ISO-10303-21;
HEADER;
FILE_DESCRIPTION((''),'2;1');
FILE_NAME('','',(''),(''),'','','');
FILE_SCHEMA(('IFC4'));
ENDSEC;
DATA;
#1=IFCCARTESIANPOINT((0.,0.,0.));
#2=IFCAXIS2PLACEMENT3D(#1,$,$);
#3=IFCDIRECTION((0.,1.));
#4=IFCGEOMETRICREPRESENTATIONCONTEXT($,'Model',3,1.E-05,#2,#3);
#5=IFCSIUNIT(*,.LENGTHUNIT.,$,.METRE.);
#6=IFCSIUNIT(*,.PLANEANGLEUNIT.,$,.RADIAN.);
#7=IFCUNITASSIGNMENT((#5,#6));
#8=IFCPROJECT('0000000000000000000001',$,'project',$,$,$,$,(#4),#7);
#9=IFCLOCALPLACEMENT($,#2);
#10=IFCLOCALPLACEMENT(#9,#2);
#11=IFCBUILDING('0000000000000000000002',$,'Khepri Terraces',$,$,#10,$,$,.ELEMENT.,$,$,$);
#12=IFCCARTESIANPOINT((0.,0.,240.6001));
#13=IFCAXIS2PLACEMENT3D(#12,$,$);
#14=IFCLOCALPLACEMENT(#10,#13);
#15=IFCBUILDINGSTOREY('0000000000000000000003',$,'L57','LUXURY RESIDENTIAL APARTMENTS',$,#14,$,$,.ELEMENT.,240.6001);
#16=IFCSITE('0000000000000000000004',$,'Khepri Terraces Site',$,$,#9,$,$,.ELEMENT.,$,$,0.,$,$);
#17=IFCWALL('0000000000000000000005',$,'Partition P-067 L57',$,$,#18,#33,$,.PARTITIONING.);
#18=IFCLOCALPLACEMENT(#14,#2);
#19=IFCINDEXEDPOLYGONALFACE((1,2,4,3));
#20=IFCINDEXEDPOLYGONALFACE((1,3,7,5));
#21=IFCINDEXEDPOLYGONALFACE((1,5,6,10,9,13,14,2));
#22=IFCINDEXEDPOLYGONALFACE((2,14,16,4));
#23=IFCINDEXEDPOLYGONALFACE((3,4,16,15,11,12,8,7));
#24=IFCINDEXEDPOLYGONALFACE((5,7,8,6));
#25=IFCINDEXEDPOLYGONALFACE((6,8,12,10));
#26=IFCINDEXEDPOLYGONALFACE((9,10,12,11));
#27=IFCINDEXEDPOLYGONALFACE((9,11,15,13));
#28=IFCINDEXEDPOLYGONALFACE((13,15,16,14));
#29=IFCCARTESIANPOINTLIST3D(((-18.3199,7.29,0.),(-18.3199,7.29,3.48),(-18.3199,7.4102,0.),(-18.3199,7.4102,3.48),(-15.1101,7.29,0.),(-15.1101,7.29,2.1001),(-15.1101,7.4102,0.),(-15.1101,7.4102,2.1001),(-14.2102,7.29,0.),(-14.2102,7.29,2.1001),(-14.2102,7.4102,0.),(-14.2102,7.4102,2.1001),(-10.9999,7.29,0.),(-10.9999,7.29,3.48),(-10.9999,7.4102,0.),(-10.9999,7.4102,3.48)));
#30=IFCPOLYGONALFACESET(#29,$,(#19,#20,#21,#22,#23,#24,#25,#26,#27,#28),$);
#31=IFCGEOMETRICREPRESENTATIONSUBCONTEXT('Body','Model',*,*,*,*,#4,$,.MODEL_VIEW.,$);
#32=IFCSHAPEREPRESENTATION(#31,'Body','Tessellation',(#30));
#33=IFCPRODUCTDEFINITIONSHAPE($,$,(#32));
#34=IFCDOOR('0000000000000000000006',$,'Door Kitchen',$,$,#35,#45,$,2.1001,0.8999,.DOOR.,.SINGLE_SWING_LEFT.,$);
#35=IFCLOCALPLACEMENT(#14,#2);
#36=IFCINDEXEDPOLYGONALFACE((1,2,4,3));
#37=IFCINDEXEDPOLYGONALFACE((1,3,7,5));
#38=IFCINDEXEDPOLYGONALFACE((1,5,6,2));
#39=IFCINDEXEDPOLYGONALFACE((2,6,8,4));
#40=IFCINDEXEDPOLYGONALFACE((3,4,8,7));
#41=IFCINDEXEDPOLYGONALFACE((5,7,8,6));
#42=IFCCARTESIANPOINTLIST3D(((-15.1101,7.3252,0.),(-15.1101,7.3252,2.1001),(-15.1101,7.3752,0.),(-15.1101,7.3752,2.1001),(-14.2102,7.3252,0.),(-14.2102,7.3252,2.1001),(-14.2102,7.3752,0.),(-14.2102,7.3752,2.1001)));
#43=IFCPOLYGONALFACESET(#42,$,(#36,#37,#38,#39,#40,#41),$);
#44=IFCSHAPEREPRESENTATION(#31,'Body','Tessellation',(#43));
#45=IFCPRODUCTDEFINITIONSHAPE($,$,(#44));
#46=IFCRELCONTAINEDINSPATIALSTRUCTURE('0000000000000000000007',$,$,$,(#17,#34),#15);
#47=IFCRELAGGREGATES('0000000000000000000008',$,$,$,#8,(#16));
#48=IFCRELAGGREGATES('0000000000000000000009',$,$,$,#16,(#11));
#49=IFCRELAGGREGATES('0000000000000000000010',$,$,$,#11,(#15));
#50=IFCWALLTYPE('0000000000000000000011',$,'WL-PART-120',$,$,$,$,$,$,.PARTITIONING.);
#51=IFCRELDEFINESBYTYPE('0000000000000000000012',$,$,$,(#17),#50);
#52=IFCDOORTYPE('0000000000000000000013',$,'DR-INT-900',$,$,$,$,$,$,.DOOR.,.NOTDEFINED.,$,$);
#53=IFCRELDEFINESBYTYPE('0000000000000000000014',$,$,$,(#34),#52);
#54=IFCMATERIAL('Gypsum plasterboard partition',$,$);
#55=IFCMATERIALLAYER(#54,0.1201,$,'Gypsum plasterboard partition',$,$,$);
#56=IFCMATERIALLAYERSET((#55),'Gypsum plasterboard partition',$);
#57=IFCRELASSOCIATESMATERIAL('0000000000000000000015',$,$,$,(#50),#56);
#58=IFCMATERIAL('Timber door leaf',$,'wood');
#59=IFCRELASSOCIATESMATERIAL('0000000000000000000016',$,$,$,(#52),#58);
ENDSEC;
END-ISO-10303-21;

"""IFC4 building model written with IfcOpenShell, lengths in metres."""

from ifc_helpers import new_model, si_unit, direction, frame, frame_2d, origin, place, context, subcontext, project, spatial, rectangle, extrude, material, layer, layer_set, type_object, element, fill, save


model = new_model("IFC4")

# Units and contexts
model_context = context("Model", 3, precision=1e-05, world=origin(), true_north=direction((0.0, 1.0)))
body_context = subcontext(model_context, "Body", "Model", "MODEL_VIEW")
ifc_project = project(units=[si_unit("LENGTHUNIT", "METRE"), si_unit("PLANEANGLEUNIT", "RADIAN")], contexts=[model_context])

# Site, building, storey
site_placement = place(None, origin())
site = spatial("IfcSite", under=ifc_project, at=site_placement, Name="Khepri Terraces Site", CompositionType="ELEMENT", RefElevation=0.0)
building_placement = place(site_placement, origin())
building = spatial("IfcBuilding", under=site, at=building_placement, Name="Khepri Terraces", CompositionType="ELEMENT")
storey_placement = place(building_placement, frame((0.0, 0.0, 240.6001)))
storey = spatial("IfcBuildingStorey", under=building, at=storey_placement, Name="L57", Description="LUXURY RESIDENTIAL APARTMENTS", CompositionType="ELEMENT", Elevation=240.6001)

# Shared definitions
ifc_material_1 = material(Name="Gypsum plasterboard partition")
ifc_layer = layer(ifc_material_1, 0.1201, Name="Gypsum plasterboard partition")
ifc_layer_set = layer_set([ifc_layer], Name="Gypsum plasterboard partition")
wall_type = type_object("IfcWallType", Name="WL-PART-120", PredefinedType="PARTITIONING", material=ifc_layer_set)

# Wall, opening, door
ifc_material_2 = material(Name="Timber door leaf", Category="wood")
door_type_1 = type_object("IfcDoorType", Name="DR-INT-900", OperationType="NOTDEFINED", PredefinedType="DOOR", material=ifc_material_2)
wall_1_placement = place(storey_placement, frame((-18.3201, 7.3501, 0.0), z_axis=(0.0, 0.0, 1.0), x_axis=(1.0, 0.0, 0.0)))
wall_1 = element("IfcWall", 1, at=wall_1_placement, inside=storey, type_object=wall_type, Name="Partition P-067 L57", PredefinedType="PARTITIONING", context=body_context, shape_type="SweptSolid", body=[
    extrude(rectangle(XDim=7.3201, YDim=0.1201, at=frame_2d((3.6602, 0.0))), origin(), (0.0, 0.0, 1.0), 3.48),
])
opening_1_placement = place(wall_1_placement, frame((3.21, 0.0, 0.0)))
opening_1 = element("IfcOpeningElement", 2, at=opening_1_placement, cuts=wall_1, PredefinedType="OPENING", context=body_context, shape_type="SweptSolid", body=[
    extrude(rectangle(XDim=0.8999, YDim=2.1001, at=frame_2d((0.45, 1.05))), frame((0.0, 0.0701, 0.0), z_axis=(0.0, -1.0, 0.0), x_axis=(1.0, 0.0, 0.0)), (0.0, 0.0, 1.0), 0.1401),
])
door_1_placement = place(opening_1_placement, frame((0.8999, 0.0, 0.0), z_axis=(0.0, 0.0, 1.0), x_axis=(-1.0, 0.0, 0.0)))
door_1 = element("IfcDoor", 3, at=door_1_placement, inside=storey, type_object=door_type_1, Name="Door Kitchen", OperationType="SINGLE_SWING_LEFT", OverallHeight=2.1001, OverallWidth=0.8999, PredefinedType="DOOR", context=body_context, shape_type="SweptSolid", body=[
    extrude(rectangle(XDim=0.8999, YDim=2.1001, at=frame_2d((0.45, 1.05))), frame((0.0, 0.0249, 0.0), z_axis=(0.0, -1.0, 0.0), x_axis=(1.0, 0.0, 0.0)), (0.0, 0.0, 1.0), 0.05),
])
fill(opening_1, door_1)

save(model, "model.ifc")
